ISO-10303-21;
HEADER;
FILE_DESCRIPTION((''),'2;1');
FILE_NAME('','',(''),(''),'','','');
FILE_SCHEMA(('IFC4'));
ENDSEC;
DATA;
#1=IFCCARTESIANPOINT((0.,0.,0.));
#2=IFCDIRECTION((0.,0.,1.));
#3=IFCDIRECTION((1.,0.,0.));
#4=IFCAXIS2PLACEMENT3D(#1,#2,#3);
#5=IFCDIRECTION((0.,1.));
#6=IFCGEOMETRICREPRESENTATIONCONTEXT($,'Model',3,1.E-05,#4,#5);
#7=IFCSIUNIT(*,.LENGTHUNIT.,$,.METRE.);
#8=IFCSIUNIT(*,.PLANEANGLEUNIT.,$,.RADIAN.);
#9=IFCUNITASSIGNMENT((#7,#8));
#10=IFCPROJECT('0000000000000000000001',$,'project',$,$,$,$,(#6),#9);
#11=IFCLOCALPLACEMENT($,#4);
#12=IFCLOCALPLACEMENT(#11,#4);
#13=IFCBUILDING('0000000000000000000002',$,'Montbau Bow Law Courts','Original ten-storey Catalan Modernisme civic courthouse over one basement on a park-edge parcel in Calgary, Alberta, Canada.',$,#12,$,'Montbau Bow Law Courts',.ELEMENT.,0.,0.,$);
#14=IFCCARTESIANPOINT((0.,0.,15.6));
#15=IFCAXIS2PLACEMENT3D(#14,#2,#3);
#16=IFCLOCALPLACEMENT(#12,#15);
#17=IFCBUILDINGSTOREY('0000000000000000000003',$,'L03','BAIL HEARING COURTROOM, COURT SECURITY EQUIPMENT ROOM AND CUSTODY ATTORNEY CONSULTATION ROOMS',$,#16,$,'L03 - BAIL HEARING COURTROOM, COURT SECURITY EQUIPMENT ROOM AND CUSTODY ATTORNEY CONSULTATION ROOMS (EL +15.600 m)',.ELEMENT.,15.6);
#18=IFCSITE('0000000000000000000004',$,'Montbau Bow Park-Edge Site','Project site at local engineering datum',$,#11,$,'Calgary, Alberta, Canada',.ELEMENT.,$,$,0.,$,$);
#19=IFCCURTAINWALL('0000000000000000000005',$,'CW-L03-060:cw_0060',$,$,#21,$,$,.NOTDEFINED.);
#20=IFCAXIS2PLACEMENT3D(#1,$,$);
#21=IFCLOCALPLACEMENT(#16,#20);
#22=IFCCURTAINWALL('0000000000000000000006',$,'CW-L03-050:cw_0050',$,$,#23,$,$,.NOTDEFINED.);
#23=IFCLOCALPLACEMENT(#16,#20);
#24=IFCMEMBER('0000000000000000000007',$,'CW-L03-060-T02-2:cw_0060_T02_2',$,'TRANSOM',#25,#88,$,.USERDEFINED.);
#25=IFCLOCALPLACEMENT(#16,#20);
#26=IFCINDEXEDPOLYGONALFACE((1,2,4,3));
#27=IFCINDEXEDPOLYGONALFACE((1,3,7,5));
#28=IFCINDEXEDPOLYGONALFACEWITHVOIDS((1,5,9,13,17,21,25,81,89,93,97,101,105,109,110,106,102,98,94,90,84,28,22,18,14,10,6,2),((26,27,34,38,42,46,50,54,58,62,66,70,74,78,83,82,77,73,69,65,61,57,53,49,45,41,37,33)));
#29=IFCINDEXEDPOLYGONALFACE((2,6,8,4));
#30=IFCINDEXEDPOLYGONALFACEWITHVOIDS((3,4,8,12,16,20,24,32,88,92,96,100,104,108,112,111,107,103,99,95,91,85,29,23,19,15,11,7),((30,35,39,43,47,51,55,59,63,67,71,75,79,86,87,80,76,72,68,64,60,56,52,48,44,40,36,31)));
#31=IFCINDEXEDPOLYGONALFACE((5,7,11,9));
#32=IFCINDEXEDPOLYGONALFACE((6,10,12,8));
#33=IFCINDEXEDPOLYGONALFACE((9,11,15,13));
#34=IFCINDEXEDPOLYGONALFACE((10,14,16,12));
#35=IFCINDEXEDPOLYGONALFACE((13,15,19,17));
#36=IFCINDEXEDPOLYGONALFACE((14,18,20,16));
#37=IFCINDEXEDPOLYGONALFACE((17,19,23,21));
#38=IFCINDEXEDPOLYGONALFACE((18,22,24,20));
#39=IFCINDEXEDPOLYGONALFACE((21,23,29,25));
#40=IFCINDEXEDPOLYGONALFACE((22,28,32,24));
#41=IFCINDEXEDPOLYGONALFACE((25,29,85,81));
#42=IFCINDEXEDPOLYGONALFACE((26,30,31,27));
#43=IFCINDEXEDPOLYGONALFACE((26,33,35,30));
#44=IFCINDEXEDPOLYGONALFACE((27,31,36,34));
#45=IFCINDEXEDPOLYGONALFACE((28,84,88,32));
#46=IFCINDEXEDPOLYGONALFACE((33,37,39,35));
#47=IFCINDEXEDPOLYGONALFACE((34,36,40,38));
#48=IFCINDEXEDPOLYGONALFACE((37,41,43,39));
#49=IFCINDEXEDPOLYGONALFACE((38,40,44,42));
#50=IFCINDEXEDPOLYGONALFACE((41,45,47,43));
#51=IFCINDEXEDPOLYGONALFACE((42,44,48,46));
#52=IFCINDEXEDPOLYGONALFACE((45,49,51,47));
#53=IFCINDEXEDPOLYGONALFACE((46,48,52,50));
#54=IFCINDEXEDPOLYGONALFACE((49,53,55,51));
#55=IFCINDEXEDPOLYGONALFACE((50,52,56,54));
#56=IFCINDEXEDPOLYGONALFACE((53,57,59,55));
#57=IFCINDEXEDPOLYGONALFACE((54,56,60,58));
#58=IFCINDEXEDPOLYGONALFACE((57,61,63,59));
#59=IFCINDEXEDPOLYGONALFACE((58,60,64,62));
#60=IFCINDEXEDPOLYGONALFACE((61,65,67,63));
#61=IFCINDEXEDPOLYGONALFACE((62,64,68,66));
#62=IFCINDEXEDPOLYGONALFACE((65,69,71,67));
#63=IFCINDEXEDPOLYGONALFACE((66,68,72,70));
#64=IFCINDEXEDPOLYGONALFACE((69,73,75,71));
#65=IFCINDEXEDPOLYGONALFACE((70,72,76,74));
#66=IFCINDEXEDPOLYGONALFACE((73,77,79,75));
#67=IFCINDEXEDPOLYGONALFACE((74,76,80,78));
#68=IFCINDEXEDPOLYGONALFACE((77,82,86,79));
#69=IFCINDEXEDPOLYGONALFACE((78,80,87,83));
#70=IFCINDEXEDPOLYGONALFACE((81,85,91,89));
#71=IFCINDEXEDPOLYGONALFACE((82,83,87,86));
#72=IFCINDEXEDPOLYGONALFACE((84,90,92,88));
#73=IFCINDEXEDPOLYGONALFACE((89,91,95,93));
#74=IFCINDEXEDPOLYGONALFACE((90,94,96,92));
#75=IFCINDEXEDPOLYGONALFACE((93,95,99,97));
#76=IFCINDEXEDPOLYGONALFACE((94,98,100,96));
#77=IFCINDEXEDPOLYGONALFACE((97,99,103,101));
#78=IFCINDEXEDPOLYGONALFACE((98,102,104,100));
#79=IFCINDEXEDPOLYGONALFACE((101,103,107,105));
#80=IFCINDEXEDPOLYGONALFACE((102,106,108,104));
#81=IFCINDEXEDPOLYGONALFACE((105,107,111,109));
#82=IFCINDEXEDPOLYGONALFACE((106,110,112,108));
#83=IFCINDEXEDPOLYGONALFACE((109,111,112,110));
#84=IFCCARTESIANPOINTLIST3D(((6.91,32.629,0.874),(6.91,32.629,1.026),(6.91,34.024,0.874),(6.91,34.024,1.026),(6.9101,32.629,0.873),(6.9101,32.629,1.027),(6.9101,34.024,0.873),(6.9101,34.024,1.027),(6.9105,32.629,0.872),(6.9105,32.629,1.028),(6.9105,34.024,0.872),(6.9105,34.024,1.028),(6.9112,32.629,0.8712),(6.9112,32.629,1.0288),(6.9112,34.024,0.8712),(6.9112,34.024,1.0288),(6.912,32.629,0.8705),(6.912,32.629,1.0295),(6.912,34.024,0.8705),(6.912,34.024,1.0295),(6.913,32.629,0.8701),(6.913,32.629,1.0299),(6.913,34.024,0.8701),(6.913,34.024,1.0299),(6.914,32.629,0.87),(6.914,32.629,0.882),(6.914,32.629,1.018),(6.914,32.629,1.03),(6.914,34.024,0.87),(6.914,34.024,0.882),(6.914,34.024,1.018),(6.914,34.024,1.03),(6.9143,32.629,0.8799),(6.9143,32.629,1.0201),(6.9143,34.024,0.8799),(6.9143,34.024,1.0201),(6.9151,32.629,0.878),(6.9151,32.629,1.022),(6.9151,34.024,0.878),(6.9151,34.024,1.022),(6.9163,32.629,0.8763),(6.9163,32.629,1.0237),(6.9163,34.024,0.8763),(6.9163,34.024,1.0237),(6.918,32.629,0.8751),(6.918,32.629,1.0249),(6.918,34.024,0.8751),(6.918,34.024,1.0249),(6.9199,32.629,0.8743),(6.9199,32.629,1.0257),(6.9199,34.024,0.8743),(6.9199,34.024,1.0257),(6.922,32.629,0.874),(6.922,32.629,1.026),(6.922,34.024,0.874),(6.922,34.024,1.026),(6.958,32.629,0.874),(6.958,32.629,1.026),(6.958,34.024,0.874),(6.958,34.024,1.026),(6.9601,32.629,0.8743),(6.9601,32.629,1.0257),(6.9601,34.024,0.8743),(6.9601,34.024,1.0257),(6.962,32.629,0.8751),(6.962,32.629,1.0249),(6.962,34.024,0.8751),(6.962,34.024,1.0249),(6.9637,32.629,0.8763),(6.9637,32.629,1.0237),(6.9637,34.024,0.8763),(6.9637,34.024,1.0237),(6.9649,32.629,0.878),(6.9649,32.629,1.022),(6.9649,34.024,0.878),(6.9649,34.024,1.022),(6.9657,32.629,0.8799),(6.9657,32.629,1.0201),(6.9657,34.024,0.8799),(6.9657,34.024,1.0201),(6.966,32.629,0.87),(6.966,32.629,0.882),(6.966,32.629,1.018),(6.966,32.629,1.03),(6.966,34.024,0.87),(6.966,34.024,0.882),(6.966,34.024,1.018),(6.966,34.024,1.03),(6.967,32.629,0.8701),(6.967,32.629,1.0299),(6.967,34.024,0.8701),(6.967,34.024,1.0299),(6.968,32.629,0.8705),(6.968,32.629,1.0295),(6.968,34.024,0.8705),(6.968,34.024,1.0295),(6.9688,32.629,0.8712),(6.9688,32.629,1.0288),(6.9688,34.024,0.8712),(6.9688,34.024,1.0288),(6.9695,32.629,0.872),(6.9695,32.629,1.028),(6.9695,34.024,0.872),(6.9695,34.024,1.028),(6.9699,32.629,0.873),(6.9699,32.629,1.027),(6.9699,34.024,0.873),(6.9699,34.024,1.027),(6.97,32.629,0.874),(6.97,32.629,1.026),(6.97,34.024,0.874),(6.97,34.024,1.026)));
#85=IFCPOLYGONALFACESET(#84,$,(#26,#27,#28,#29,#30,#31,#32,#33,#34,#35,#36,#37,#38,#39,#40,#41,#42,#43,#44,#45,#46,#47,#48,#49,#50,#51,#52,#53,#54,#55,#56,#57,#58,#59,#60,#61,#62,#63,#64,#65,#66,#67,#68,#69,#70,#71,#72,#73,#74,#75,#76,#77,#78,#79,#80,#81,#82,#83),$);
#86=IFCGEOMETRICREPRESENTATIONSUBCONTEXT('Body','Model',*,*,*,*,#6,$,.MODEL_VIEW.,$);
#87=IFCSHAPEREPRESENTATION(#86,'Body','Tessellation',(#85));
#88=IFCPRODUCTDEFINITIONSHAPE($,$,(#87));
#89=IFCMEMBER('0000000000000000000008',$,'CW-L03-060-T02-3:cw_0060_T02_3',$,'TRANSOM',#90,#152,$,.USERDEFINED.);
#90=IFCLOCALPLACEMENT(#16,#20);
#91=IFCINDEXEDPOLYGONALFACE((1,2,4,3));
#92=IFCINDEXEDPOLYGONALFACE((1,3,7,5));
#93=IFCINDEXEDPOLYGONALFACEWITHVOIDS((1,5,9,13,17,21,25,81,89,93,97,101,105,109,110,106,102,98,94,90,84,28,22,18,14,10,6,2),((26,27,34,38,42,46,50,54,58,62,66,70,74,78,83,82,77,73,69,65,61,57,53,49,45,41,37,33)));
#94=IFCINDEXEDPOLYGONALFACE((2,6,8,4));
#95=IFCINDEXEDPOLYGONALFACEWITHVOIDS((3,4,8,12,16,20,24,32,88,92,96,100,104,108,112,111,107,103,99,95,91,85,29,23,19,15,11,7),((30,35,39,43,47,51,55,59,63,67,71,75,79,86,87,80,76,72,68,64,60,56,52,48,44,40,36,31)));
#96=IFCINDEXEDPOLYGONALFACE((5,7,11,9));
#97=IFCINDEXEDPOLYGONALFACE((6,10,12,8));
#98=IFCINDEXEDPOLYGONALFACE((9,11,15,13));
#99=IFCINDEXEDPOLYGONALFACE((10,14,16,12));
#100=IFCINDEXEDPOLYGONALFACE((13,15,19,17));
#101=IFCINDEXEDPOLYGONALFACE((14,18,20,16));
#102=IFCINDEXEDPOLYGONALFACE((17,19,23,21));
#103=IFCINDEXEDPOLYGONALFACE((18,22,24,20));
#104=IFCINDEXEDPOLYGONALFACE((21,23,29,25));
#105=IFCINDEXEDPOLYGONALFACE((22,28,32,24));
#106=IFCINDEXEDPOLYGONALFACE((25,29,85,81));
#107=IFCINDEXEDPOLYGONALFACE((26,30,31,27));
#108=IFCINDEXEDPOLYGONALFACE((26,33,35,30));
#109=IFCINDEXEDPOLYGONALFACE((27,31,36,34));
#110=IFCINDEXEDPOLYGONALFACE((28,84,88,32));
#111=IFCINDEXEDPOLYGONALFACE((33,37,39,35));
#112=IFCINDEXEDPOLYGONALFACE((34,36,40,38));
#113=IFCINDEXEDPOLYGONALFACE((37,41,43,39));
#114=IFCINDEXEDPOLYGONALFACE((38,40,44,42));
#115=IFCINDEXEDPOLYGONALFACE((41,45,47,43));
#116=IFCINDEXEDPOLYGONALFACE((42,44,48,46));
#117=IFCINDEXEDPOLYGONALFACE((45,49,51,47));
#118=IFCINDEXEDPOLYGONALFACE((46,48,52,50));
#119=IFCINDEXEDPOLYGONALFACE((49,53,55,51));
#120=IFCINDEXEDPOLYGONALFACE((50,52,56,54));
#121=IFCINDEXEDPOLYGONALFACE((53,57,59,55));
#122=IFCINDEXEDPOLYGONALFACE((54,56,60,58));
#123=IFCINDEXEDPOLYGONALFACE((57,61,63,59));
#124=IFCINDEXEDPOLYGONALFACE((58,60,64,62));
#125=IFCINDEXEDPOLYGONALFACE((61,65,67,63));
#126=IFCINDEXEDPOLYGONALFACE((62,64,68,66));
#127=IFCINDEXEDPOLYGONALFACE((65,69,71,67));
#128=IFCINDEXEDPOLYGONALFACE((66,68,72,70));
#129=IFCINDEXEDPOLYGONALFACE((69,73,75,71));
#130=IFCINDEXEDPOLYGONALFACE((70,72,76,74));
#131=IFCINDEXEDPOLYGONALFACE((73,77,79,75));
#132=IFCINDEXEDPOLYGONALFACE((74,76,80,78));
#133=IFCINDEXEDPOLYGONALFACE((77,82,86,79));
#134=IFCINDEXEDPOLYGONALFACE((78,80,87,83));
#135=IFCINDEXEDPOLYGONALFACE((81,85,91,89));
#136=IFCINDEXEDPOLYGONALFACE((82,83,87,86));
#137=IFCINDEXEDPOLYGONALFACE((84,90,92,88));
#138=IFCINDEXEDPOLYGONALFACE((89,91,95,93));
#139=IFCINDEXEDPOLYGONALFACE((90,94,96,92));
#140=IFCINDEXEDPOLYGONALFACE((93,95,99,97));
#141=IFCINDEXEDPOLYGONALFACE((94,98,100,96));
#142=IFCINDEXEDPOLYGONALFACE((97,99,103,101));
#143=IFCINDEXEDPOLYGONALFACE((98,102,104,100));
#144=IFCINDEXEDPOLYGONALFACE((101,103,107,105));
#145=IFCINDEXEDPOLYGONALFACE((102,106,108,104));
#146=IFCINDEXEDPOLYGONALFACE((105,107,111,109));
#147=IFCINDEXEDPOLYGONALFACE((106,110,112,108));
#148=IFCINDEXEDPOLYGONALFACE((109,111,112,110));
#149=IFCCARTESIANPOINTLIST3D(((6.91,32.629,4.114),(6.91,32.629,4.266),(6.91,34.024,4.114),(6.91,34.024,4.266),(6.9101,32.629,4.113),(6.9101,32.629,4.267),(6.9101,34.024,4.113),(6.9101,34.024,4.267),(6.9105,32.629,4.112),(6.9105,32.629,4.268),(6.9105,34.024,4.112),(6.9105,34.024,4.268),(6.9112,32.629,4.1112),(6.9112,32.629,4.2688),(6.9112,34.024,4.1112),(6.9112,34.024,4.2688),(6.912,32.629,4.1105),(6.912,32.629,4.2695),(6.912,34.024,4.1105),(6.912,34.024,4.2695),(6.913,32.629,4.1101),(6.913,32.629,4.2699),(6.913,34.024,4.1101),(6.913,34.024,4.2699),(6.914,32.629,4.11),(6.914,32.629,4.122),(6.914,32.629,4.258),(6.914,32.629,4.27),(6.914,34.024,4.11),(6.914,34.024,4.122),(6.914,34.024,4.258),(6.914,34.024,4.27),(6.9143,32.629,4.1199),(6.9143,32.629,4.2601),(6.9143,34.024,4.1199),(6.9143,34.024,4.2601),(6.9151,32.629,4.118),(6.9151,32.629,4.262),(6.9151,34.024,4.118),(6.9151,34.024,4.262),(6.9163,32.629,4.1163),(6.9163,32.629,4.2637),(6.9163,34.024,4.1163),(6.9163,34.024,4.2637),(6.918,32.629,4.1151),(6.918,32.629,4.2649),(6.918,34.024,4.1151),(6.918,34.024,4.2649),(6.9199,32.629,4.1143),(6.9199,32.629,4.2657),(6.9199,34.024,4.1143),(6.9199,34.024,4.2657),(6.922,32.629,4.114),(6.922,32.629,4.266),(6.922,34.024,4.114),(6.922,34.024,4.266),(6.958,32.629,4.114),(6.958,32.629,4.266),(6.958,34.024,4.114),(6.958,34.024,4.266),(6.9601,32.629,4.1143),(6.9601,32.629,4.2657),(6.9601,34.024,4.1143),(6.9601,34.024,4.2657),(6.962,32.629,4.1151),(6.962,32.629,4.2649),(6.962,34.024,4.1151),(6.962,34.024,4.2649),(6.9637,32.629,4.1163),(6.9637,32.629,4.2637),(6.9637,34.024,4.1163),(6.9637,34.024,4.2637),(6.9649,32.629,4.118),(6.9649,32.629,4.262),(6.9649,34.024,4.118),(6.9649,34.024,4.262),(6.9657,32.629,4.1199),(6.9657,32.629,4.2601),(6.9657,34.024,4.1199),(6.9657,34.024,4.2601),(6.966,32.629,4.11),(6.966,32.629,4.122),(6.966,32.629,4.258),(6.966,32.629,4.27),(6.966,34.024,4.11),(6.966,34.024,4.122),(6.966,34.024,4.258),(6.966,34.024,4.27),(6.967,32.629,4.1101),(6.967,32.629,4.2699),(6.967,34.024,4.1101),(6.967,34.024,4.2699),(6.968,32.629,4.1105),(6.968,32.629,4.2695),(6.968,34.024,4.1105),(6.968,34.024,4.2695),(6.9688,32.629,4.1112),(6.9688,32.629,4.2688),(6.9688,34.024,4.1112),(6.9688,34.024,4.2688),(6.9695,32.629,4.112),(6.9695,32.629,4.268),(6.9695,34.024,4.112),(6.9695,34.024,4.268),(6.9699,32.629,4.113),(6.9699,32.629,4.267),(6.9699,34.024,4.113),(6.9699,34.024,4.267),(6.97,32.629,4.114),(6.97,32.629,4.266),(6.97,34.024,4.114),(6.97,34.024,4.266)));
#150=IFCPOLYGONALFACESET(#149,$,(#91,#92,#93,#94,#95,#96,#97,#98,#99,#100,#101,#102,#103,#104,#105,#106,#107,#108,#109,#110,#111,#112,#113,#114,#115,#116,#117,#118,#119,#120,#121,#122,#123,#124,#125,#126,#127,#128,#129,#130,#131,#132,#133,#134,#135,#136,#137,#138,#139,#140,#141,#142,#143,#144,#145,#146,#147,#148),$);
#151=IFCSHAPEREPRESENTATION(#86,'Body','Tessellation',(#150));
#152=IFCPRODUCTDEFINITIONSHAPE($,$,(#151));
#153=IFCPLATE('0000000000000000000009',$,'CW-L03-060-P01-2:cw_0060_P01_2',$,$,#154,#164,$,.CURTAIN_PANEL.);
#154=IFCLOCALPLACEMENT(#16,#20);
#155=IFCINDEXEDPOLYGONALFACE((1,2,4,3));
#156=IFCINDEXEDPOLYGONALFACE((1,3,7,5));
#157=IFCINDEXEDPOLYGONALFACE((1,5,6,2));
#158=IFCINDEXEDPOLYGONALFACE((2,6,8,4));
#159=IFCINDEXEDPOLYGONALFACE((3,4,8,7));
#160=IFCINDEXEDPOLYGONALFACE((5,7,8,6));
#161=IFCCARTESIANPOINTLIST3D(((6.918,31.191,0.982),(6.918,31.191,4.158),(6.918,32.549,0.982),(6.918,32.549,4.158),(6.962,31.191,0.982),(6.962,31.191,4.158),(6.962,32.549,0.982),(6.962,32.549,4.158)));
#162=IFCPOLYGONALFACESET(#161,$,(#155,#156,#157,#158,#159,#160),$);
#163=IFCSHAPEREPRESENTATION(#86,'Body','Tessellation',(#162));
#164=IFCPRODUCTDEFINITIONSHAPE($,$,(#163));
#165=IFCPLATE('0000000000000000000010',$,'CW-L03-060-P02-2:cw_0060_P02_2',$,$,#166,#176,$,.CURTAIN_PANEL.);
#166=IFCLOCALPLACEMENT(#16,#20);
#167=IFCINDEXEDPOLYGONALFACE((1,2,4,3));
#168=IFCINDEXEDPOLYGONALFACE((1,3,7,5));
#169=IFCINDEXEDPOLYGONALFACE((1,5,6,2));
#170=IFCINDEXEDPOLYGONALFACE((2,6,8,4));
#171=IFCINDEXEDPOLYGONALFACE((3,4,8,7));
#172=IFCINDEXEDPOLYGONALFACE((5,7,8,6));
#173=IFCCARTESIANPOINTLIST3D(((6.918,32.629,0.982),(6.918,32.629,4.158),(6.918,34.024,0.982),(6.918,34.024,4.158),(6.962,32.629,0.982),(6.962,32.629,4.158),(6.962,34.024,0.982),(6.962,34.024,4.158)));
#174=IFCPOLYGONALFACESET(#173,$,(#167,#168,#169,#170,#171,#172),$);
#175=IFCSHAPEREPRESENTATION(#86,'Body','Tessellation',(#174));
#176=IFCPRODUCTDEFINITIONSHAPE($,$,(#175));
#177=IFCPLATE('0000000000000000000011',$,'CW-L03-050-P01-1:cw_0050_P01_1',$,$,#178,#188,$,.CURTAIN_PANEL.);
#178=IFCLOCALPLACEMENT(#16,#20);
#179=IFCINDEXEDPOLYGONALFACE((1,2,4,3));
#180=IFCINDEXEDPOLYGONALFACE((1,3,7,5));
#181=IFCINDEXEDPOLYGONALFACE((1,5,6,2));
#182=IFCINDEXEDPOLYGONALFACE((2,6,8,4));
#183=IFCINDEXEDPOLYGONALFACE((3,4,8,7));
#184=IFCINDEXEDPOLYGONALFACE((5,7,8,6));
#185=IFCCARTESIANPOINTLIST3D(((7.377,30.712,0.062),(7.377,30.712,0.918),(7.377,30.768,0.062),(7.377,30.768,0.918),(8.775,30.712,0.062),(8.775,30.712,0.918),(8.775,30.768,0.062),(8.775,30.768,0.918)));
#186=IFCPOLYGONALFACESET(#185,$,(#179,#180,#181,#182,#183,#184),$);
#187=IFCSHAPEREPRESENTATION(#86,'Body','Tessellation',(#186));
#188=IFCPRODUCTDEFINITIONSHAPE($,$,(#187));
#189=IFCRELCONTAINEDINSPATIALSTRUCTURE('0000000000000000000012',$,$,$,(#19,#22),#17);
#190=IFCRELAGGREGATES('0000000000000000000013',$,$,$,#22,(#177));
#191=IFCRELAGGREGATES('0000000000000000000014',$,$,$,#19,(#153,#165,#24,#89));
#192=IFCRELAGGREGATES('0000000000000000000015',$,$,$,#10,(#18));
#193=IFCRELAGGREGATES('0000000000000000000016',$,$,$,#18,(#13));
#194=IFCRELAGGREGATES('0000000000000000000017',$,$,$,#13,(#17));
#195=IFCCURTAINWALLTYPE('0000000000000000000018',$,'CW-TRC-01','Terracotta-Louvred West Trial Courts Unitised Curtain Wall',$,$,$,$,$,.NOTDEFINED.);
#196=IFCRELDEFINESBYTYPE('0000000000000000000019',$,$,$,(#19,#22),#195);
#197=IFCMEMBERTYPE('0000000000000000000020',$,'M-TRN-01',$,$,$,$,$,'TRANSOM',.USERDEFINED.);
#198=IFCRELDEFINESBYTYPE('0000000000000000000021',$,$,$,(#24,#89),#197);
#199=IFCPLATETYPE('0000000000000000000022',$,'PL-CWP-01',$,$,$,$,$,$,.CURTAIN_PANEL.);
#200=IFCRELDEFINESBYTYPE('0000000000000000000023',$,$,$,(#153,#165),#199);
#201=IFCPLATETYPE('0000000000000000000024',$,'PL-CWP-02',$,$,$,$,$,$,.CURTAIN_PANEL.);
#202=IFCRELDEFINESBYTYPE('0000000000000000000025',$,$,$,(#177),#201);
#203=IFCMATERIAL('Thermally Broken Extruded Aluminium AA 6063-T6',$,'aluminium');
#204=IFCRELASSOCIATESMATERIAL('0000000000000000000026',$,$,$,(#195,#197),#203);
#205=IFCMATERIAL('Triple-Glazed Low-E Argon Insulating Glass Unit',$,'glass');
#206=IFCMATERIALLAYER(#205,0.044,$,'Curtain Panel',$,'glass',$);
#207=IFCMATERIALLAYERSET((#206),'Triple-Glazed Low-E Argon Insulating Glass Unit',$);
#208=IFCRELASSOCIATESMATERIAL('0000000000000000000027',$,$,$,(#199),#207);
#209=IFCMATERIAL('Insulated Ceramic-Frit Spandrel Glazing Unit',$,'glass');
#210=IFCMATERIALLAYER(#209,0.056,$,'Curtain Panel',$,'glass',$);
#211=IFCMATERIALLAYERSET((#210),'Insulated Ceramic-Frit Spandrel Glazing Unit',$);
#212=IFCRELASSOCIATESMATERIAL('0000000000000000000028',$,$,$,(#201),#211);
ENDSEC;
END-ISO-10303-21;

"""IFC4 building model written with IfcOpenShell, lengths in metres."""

from ifc_helpers import new_model, si_unit, direction, frame, frame_2d, origin_with_axes, origin_2d_with_axis, place, context, subcontext, project, spatial, rectangle, hollow_rectangle, extrude, material, layer, layer_set, material_profile, profile_set, type_object, element, aggregate, save


model = new_model("IFC4")

# Units and contexts
model_context = context("Model", 3, precision=1e-05, world=origin_with_axes(), true_north=direction((0.0, 1.0)))
body_context = subcontext(model_context, "Body", "Model", "MODEL_VIEW")
ifc_project = project(units=[si_unit("LENGTHUNIT", "METRE"), si_unit("PLANEANGLEUNIT", "RADIAN")], contexts=[model_context])

# Site, building, storey
site_placement = place(None, origin_with_axes())
site = spatial("IfcSite", under=ifc_project, at=site_placement, Name="Montbau Bow Park-Edge Site", Description="Project site at local engineering datum", LongName="Calgary, Alberta, Canada", CompositionType="ELEMENT", RefElevation=0.0)
building_placement = place(site_placement, origin_with_axes())
building = spatial("IfcBuilding", under=site, at=building_placement, Name="Montbau Bow Law Courts", Description="Original ten-storey Catalan Modernisme civic courthouse over one basement on a park-edge parcel in Calgary, Alberta, Canada.", LongName="Montbau Bow Law Courts", CompositionType="ELEMENT", ElevationOfRefHeight=0.0, ElevationOfTerrain=0.0)
storey_placement = place(building_placement, frame((0.0, 0.0, 15.6), z_axis=(0.0, 0.0, 1.0), x_axis=(1.0, 0.0, 0.0)))
storey = spatial("IfcBuildingStorey", under=building, at=storey_placement, Name="L03", Description="BAIL HEARING COURTROOM, COURT SECURITY EQUIPMENT ROOM AND CUSTODY ATTORNEY CONSULTATION ROOMS", LongName="L03 - BAIL HEARING COURTROOM, COURT SECURITY EQUIPMENT ROOM AND CUSTODY ATTORNEY CONSULTATION ROOMS (EL +15.600 m)", CompositionType="ELEMENT", Elevation=15.6)

# Curtain wall
ifc_material_1 = material(Name="Thermally Broken Extruded Aluminium AA 6063-T6", Category="aluminium")
curtain_wall_type = type_object("IfcCurtainWallType", Name="CW-TRC-01", Description="Terracotta-Louvred West Trial Courts Unitised Curtain Wall", PredefinedType="NOTDEFINED", material=ifc_material_1)
curtain_wall_1_placement = place(None, frame((6.94, 31.115, 15.6), z_axis=(0.0, 0.0, 1.0), x_axis=(1.0, 0.0, 0.0)))
curtain_wall_1 = element("IfcCurtainWall", 1, at=curtain_wall_1_placement, inside=storey, type_object=curtain_wall_type, Name="CW-L03-060:cw_0060", PredefinedType="NOTDEFINED")

# Curtain wall
curtain_wall_2_placement = place(None, frame((7.315, 30.74, 15.6), z_axis=(0.0, 0.0, 1.0), x_axis=(1.0, 0.0, 0.0)))
curtain_wall_2 = element("IfcCurtainWall", 2, at=curtain_wall_2_placement, inside=storey, type_object=curtain_wall_type, Name="CW-L03-050:cw_0050", PredefinedType="NOTDEFINED")

# Members
ifc_material_profile_1 = material_profile(ifc_material_1, hollow_rectangle(XDim=0.06, YDim=0.16, WallThickness=0.004, InnerFilletRadius=0.008, OuterFilletRadius=0.004, at=origin_2d_with_axis()), Name="CWT-160X60", Category="Main", Priority=0)
ifc_profile_set_1 = profile_set([ifc_material_profile_1], Name="Thermally Broken Extruded Aluminium AA 6063-T6")
member_type_1 = type_object("IfcMemberType", Name="M-TRN-01", ElementType="TRANSOM", PredefinedType="USERDEFINED", material=ifc_profile_set_1)
member_1_placement = place(None, frame((6.94, 32.629, 16.55), z_axis=(0.0, 1.0, 0.0), x_axis=(-1.0, 0.0, 0.0)))
member_1 = element("IfcMember", 3, at=member_1_placement, type_object=member_type_1, Name="CW-L03-060-T02-2:cw_0060_T02_2", ObjectType="TRANSOM", PredefinedType="USERDEFINED", context=body_context, shape_type="SweptSolid", body=[
    extrude(hollow_rectangle(XDim=0.06, YDim=0.16, WallThickness=0.004, InnerFilletRadius=0.008, OuterFilletRadius=0.004, at=origin_2d_with_axis()), origin_with_axes(), (0.0, 0.0, 1.0), 1.395),
])
member_2_placement = place(None, frame((6.94, 32.629, 19.79), z_axis=(0.0, 1.0, 0.0), x_axis=(-1.0, 0.0, 0.0)))
member_2 = element("IfcMember", 4, at=member_2_placement, type_object=member_type_1, Name="CW-L03-060-T02-3:cw_0060_T02_3", ObjectType="TRANSOM", PredefinedType="USERDEFINED", context=body_context, shape_type="SweptSolid", body=[
    extrude(hollow_rectangle(XDim=0.06, YDim=0.16, WallThickness=0.004, InnerFilletRadius=0.008, OuterFilletRadius=0.004, at=origin_2d_with_axis()), origin_with_axes(), (0.0, 0.0, 1.0), 1.395),
])

# Plates
ifc_material_2 = material(Name="Triple-Glazed Low-E Argon Insulating Glass Unit", Category="glass")
ifc_layer_1 = layer(ifc_material_2, 0.044, Name="Curtain Panel", Category="glass")
ifc_layer_set_1 = layer_set([ifc_layer_1], Name="Triple-Glazed Low-E Argon Insulating Glass Unit")
plate_type_1 = type_object("IfcPlateType", Name="PL-CWP-01", PredefinedType="CURTAIN_PANEL", material=ifc_layer_set_1)
plate_1_placement = place(None, frame((6.94, 31.191, 16.582), z_axis=(1.0, 0.0, 0.0), x_axis=(0.0, 1.0, 0.0)))
plate_1 = element("IfcPlate", 5, at=plate_1_placement, type_object=plate_type_1, Name="CW-L03-060-P01-2:cw_0060_P01_2", PredefinedType="CURTAIN_PANEL", context=body_context, shape_type="SweptSolid", body=[
    extrude(rectangle(XDim=1.358, YDim=3.176, at=frame_2d((0.679, 1.588), x_axis=(1.0, 0.0))), frame((0.0, 0.0, -0.022), z_axis=(0.0, 0.0, 1.0), x_axis=(1.0, 0.0, 0.0)), (0.0, 0.0, 1.0), 0.044),
])
plate_2_placement = place(None, frame((6.94, 32.629, 16.582), z_axis=(1.0, 0.0, 0.0), x_axis=(0.0, 1.0, 0.0)))
plate_2 = element("IfcPlate", 6, at=plate_2_placement, type_object=plate_type_1, Name="CW-L03-060-P02-2:cw_0060_P02_2", PredefinedType="CURTAIN_PANEL", context=body_context, shape_type="SweptSolid", body=[
    extrude(rectangle(XDim=1.395, YDim=3.176, at=frame_2d((0.6975, 1.588), x_axis=(1.0, 0.0))), frame((0.0, 0.0, -0.022), z_axis=(0.0, 0.0, 1.0), x_axis=(1.0, 0.0, 0.0)), (0.0, 0.0, 1.0), 0.044),
])
ifc_material_3 = material(Name="Insulated Ceramic-Frit Spandrel Glazing Unit", Category="glass")
ifc_layer_2 = layer(ifc_material_3, 0.056, Name="Curtain Panel", Category="glass")
ifc_layer_set_2 = layer_set([ifc_layer_2], Name="Insulated Ceramic-Frit Spandrel Glazing Unit")
plate_type_2 = type_object("IfcPlateType", Name="PL-CWP-02", PredefinedType="CURTAIN_PANEL", material=ifc_layer_set_2)
plate_3_placement = place(None, frame((7.377, 30.74, 15.662), z_axis=(0.0, -1.0, 0.0), x_axis=(1.0, 0.0, 0.0)))
plate_3 = element("IfcPlate", 7, at=plate_3_placement, type_object=plate_type_2, Name="CW-L03-050-P01-1:cw_0050_P01_1", PredefinedType="CURTAIN_PANEL", context=body_context, shape_type="SweptSolid", body=[
    extrude(rectangle(XDim=1.398, YDim=0.856, at=frame_2d((0.699, 0.428), x_axis=(1.0, 0.0))), frame((0.0, 0.0, -0.028), z_axis=(0.0, 0.0, 1.0), x_axis=(1.0, 0.0, 0.0)), (0.0, 0.0, 1.0), 0.056),
])
aggregate(curtain_wall_2, [plate_3])
aggregate(curtain_wall_1, [plate_1, plate_2, member_1, member_2])

save(model, "model.ifc")
